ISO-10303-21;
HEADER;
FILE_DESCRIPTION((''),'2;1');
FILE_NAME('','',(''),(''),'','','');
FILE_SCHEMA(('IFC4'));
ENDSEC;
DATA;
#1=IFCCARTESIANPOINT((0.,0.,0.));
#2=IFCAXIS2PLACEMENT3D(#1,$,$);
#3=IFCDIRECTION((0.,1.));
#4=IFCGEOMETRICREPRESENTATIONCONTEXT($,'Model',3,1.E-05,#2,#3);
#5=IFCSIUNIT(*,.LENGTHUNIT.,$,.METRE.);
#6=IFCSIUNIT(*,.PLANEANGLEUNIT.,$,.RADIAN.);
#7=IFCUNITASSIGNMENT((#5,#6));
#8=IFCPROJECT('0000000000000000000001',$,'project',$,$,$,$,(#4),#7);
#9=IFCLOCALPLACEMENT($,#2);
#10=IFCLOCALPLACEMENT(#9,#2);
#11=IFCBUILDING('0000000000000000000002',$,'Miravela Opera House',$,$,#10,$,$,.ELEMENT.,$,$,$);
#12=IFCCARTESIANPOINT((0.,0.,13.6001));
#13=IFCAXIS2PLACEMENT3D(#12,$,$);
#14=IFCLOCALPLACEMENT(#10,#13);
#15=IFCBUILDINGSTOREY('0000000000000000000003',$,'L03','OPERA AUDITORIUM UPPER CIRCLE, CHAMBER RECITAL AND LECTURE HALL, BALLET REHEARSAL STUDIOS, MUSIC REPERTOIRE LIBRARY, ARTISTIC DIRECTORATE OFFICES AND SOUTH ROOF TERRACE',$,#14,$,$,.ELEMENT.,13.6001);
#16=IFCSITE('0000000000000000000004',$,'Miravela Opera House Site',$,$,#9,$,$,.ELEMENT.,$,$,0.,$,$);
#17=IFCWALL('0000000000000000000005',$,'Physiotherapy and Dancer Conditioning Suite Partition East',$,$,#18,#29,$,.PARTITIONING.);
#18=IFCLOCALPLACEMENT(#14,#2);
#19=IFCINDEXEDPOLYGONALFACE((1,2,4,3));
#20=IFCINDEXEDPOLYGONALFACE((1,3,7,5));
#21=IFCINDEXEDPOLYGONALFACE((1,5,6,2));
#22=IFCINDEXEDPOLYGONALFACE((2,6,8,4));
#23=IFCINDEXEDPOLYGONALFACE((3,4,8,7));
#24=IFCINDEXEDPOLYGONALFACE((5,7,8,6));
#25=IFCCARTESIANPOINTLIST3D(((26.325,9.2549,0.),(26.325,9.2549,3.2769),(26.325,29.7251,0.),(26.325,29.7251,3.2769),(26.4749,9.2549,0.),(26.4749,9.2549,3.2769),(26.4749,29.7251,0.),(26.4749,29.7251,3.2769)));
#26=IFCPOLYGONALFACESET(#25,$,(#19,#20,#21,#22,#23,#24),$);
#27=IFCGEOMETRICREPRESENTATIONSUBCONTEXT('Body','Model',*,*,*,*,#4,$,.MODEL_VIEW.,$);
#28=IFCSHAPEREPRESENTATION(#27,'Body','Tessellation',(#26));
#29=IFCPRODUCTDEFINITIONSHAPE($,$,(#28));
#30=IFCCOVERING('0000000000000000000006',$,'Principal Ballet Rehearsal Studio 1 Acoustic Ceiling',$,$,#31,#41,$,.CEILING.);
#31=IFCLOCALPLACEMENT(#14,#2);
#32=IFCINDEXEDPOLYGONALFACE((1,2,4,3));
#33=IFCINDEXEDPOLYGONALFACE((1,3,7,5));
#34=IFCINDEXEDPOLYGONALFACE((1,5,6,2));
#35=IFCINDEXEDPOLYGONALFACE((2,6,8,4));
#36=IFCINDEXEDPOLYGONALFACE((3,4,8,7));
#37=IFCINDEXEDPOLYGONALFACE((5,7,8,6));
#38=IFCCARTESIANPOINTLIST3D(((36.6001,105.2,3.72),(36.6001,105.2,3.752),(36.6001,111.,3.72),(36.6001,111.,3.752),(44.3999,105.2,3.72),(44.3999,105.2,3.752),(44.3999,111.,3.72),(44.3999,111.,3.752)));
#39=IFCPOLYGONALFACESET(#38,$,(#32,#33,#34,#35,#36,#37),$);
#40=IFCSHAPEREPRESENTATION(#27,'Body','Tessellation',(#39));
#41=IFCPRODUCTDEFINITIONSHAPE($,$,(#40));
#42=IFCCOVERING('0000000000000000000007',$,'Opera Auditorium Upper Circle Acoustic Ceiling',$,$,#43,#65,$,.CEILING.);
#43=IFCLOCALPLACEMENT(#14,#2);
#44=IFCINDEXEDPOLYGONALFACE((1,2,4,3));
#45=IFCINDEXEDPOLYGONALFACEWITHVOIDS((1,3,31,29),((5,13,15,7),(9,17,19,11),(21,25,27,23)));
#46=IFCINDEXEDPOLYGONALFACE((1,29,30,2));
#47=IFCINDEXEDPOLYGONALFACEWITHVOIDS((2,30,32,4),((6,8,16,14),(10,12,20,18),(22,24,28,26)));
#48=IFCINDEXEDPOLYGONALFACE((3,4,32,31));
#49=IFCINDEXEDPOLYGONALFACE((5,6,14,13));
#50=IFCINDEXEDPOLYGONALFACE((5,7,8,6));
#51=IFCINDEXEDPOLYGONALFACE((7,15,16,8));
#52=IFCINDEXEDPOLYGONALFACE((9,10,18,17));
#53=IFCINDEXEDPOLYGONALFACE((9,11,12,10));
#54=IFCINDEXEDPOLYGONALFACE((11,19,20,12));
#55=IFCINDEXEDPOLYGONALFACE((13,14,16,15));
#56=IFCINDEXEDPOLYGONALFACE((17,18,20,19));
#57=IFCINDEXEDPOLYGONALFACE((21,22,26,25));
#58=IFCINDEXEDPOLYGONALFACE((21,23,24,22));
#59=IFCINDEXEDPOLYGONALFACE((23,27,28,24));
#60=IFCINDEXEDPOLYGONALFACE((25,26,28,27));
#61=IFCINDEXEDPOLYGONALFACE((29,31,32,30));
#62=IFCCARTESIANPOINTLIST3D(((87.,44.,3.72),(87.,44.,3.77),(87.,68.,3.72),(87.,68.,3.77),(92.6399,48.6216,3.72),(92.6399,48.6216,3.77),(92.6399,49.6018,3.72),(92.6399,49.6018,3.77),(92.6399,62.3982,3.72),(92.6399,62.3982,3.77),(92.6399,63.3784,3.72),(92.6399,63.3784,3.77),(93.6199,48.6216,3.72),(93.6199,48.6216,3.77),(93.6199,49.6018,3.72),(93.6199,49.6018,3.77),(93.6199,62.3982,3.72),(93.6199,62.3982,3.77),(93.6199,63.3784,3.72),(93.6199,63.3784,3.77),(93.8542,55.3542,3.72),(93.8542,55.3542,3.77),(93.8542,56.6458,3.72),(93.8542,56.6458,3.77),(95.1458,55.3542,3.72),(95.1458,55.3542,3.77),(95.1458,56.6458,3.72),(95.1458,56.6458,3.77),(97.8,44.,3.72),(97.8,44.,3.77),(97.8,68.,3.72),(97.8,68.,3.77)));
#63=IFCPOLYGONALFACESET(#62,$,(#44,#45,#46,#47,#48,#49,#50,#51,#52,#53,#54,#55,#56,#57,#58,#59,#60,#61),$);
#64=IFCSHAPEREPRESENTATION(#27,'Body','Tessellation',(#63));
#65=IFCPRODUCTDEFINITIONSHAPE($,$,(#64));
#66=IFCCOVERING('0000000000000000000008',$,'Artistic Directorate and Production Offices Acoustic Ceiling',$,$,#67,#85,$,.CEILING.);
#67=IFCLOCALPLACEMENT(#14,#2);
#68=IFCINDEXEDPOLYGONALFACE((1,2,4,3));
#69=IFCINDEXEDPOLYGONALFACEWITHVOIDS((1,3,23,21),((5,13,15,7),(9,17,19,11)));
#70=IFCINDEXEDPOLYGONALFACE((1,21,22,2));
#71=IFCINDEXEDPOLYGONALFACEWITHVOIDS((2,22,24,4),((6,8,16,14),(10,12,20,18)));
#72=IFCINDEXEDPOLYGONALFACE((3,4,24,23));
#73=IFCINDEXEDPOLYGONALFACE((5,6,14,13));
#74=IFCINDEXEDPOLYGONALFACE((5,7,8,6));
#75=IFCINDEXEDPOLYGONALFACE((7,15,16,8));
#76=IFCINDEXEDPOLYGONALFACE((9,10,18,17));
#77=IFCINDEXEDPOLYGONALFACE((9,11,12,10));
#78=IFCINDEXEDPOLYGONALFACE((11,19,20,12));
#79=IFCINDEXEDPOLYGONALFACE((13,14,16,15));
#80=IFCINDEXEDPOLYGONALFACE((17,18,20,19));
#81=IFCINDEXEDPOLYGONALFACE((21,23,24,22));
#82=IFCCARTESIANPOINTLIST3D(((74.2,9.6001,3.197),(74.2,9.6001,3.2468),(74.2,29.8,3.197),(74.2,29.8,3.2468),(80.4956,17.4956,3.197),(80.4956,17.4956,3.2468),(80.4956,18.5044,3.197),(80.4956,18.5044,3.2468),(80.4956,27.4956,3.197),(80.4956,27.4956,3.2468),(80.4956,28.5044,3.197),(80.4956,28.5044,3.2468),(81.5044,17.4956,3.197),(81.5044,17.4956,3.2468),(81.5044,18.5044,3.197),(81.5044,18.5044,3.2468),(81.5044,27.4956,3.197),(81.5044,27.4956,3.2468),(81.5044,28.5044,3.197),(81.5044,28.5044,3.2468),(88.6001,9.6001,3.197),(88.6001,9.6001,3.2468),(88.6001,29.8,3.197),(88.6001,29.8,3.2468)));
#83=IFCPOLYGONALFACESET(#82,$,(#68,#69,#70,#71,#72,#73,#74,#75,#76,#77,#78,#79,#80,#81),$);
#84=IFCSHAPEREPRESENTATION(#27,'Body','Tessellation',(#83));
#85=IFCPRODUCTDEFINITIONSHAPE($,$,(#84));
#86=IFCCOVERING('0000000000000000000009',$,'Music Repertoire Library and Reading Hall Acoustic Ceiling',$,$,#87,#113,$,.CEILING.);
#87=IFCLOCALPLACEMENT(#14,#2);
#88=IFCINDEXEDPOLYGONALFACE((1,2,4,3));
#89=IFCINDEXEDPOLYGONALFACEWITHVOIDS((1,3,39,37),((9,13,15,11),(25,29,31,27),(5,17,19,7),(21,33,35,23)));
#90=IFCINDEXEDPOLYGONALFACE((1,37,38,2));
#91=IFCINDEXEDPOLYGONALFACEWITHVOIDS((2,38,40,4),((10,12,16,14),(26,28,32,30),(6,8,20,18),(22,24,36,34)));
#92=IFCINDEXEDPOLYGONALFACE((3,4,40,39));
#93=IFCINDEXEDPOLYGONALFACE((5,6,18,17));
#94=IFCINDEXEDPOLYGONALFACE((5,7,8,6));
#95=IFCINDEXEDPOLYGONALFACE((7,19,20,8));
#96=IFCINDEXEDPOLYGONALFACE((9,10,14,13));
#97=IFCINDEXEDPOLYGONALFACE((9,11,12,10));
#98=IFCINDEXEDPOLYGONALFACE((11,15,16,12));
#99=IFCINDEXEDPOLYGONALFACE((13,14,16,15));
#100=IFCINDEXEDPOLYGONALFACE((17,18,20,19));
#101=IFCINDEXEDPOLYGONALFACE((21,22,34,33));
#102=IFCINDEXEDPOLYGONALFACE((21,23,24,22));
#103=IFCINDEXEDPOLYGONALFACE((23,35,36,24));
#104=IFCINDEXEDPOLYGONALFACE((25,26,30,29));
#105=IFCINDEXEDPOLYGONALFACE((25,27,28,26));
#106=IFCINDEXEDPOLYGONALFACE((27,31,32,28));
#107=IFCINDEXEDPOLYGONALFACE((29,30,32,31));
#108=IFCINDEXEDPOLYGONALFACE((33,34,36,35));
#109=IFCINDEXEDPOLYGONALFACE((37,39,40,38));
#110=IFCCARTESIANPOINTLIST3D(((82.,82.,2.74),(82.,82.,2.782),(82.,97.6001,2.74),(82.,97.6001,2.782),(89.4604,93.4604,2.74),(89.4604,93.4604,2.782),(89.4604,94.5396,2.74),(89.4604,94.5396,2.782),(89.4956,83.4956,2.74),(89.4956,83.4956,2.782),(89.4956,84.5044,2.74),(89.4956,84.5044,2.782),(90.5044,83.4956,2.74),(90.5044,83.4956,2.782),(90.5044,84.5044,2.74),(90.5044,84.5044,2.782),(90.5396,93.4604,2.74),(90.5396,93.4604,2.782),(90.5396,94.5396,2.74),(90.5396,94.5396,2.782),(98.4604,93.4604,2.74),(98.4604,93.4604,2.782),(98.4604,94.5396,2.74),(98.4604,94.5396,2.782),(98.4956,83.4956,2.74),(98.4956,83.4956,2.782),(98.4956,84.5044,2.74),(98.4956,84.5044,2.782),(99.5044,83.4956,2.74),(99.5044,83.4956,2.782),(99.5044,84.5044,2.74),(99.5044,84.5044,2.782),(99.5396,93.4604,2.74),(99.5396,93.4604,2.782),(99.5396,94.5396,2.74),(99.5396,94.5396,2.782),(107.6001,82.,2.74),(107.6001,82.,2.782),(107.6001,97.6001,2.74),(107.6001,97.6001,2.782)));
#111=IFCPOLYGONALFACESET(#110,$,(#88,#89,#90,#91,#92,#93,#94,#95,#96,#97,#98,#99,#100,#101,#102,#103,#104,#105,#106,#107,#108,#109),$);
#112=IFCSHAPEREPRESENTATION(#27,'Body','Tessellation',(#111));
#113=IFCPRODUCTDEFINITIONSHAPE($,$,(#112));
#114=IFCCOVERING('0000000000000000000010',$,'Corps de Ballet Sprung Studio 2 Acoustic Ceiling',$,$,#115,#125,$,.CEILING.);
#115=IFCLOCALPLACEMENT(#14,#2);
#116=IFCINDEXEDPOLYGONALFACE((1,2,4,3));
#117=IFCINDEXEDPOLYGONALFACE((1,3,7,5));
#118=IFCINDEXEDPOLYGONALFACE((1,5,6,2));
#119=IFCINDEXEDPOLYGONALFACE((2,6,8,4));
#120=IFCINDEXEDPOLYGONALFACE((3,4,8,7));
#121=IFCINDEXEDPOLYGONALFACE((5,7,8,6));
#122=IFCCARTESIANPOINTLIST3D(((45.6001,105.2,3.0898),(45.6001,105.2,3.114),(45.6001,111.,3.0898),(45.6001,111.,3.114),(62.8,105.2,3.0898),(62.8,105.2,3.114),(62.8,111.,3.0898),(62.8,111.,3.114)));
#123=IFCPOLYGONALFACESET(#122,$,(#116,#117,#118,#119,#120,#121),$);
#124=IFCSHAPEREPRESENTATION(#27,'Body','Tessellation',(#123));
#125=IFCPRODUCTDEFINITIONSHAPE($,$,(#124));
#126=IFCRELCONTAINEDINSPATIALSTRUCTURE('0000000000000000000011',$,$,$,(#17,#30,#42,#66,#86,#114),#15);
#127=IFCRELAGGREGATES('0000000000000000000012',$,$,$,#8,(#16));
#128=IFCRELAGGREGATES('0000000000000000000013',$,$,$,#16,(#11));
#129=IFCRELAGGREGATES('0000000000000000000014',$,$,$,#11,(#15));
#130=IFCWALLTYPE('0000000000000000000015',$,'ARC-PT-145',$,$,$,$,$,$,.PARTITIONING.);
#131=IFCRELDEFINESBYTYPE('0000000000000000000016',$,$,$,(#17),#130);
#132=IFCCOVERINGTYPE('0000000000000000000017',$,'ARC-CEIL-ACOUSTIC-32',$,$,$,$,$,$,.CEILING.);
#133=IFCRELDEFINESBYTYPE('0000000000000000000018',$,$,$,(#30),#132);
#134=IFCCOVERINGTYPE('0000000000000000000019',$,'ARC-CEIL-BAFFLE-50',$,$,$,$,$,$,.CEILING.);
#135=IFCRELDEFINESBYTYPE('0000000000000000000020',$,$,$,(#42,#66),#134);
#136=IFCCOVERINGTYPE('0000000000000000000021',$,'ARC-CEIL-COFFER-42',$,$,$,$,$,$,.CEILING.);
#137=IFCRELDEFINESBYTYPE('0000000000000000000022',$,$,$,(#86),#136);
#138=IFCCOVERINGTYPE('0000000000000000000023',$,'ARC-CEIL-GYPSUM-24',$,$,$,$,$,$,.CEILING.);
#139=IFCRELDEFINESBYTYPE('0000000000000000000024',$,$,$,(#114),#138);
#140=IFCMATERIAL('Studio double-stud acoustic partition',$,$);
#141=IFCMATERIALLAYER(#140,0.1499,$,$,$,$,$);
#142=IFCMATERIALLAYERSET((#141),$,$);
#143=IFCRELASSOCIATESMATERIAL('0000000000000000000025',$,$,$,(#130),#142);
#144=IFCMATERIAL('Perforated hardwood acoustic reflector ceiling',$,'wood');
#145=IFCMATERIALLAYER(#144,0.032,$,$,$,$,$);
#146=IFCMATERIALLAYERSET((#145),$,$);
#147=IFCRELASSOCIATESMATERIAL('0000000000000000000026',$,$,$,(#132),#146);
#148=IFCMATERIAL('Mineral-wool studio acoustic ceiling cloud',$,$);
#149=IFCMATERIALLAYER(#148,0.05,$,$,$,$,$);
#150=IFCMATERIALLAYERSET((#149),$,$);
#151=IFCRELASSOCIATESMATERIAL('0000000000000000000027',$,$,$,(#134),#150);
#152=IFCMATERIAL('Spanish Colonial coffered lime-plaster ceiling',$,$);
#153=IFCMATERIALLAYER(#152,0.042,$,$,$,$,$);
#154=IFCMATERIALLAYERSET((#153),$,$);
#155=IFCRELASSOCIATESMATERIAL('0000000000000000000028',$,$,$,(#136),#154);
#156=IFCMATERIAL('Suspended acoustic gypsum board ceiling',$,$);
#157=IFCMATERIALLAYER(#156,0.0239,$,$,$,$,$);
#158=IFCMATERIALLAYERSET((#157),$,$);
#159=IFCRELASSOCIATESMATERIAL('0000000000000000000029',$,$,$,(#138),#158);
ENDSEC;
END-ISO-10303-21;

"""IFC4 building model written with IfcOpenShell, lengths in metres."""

from ifc_helpers import new_model, si_unit, direction, frame, frame_2d, origin, place, context, subcontext, project, spatial, polyline, rectangle, outline, extrude, material, layer, layer_set, type_object, element, save


model = new_model("IFC4")

# Units and contexts
model_context = context("Model", 3, precision=1e-05, world=origin(), true_north=direction((0.0, 1.0)))
body_context = subcontext(model_context, "Body", "Model", "MODEL_VIEW")
ifc_project = project(units=[si_unit("LENGTHUNIT", "METRE"), si_unit("PLANEANGLEUNIT", "RADIAN")], contexts=[model_context])

# Site, building, storey
site_placement = place(None, origin())
site = spatial("IfcSite", under=ifc_project, at=site_placement, Name="Miravela Opera House Site", CompositionType="ELEMENT", RefElevation=0.0)
building_placement = place(site_placement, origin())
building = spatial("IfcBuilding", under=site, at=building_placement, Name="Miravela Opera House", CompositionType="ELEMENT")
storey_placement = place(building_placement, frame((0.0, 0.0, 13.6001)))
storey = spatial("IfcBuildingStorey", under=building, at=storey_placement, Name="L03", Description="OPERA AUDITORIUM UPPER CIRCLE, CHAMBER RECITAL AND LECTURE HALL, BALLET REHEARSAL STUDIOS, MUSIC REPERTOIRE LIBRARY, ARTISTIC DIRECTORATE OFFICES AND SOUTH ROOF TERRACE", CompositionType="ELEMENT", Elevation=13.6001)

# Wall
ifc_material_1 = material(Name="Studio double-stud acoustic partition")
ifc_layer_1 = layer(ifc_material_1, 0.1499)
ifc_layer_set_1 = layer_set([ifc_layer_1])
wall_type_1 = type_object("IfcWallType", Name="ARC-PT-145", PredefinedType="PARTITIONING", material=ifc_layer_set_1)
for number, where, z_axis, x_axis, name in (
    (1, (26.3999, 9.2549, 0.0), (0.0, 0.0, 1.0), (0.0, 1.0, 0.0), "Physiotherapy and Dancer Conditioning Suite Partition East"),
):
    element("IfcWall", number, at=place(storey_placement, frame(where, z_axis=z_axis, x_axis=x_axis)), inside=storey, type_object=wall_type_1, Name=name, PredefinedType="PARTITIONING", context=body_context, shape_type="SweptSolid", body=[
        extrude(rectangle(XDim=20.4702, YDim=0.1499, at=frame_2d((10.2351, 0.0))), origin(), (0.0, 0.0, 1.0), 3.2769),
    ])

# Coverings
ifc_material_2 = material(Name="Perforated hardwood acoustic reflector ceiling", Category="wood")
ifc_layer_2 = layer(ifc_material_2, 0.032)
ifc_layer_set_2 = layer_set([ifc_layer_2])
covering_type_1 = type_object("IfcCoveringType", Name="ARC-CEIL-ACOUSTIC-32", PredefinedType="CEILING", material=ifc_layer_set_2)
covering_1_placement = place(storey_placement, frame((0.0, 0.0, 3.72)))
element("IfcCovering", 2, at=covering_1_placement, inside=storey, type_object=covering_type_1, Name="Principal Ballet Rehearsal Studio 1 Acoustic Ceiling", PredefinedType="CEILING", context=body_context, shape_type="SweptSolid", body=[
    extrude(outline(polyline([(36.6001, 105.2), (44.3999, 105.2), (44.3999, 111.0), (36.6001, 111.0), (36.6001, 105.2)])), origin(), (0.0, 0.0, 1.0), 0.032),
])
ifc_material_3 = material(Name="Mineral-wool studio acoustic ceiling cloud")
ifc_layer_3 = layer(ifc_material_3, 0.05)
ifc_layer_set_3 = layer_set([ifc_layer_3])
covering_type_2 = type_object("IfcCoveringType", Name="ARC-CEIL-BAFFLE-50", PredefinedType="CEILING", material=ifc_layer_set_3)
covering_2_placement = place(storey_placement, frame((0.0, 0.0, 3.72)))
element("IfcCovering", 3, at=covering_2_placement, inside=storey, type_object=covering_type_2, Name="Opera Auditorium Upper Circle Acoustic Ceiling", PredefinedType="CEILING", context=body_context, shape_type="SweptSolid", body=[
    extrude(outline(polyline([(87.0, 44.0), (97.8, 44.0), (97.8, 68.0), (87.0, 68.0), (87.0, 44.0)]), holes=[polyline([(93.8542, 55.3542), (95.1458, 55.3542), (95.1458, 56.6458), (93.8542, 56.6458), (93.8542, 55.3542)]), polyline([(92.6399, 62.3982), (93.6199, 62.3982), (93.6199, 63.3784), (92.6399, 63.3784), (92.6399, 62.3982)]), polyline([(92.6399, 48.6216), (93.6199, 48.6216), (93.6199, 49.6018), (92.6399, 49.6018), (92.6399, 48.6216)])]), origin(), (0.0, 0.0, 1.0), 0.05),
])
covering_3_placement = place(storey_placement, frame((0.0, 0.0, 3.197)))
element("IfcCovering", 4, at=covering_3_placement, inside=storey, type_object=covering_type_2, Name="Artistic Directorate and Production Offices Acoustic Ceiling", PredefinedType="CEILING", context=body_context, shape_type="SweptSolid", body=[
    extrude(outline(polyline([(74.2, 9.6001), (88.6001, 9.6001), (88.6001, 29.8), (74.2, 29.8), (74.2, 9.6001)]), holes=[polyline([(80.4956, 17.4956), (81.5044, 17.4956), (81.5044, 18.5044), (80.4956, 18.5044), (80.4956, 17.4956)]), polyline([(80.4956, 27.4956), (81.5044, 27.4956), (81.5044, 28.5044), (80.4956, 28.5044), (80.4956, 27.4956)])]), origin(), (0.0, 0.0, 1.0), 0.0498),
])
ifc_material_4 = material(Name="Spanish Colonial coffered lime-plaster ceiling")
ifc_layer_4 = layer(ifc_material_4, 0.042)
ifc_layer_set_4 = layer_set([ifc_layer_4])
covering_type_3 = type_object("IfcCoveringType", Name="ARC-CEIL-COFFER-42", PredefinedType="CEILING", material=ifc_layer_set_4)
covering_4_placement = place(storey_placement, frame((0.0, 0.0, 2.74)))
element("IfcCovering", 5, at=covering_4_placement, inside=storey, type_object=covering_type_3, Name="Music Repertoire Library and Reading Hall Acoustic Ceiling", PredefinedType="CEILING", context=body_context, shape_type="SweptSolid", body=[
    extrude(outline(polyline([(82.0, 82.0), (107.6001, 82.0), (107.6001, 97.6001), (82.0, 97.6001), (82.0, 82.0)]), holes=[polyline([(89.4956, 83.4956), (90.5044, 83.4956), (90.5044, 84.5044), (89.4956, 84.5044), (89.4956, 83.4956)]), polyline([(89.4604, 93.4604), (90.5396, 93.4604), (90.5396, 94.5396), (89.4604, 94.5396), (89.4604, 93.4604)]), polyline([(98.4956, 83.4956), (99.5044, 83.4956), (99.5044, 84.5044), (98.4956, 84.5044), (98.4956, 83.4956)]), polyline([(98.4604, 93.4604), (99.5396, 93.4604), (99.5396, 94.5396), (98.4604, 94.5396), (98.4604, 93.4604)])]), origin(), (0.0, 0.0, 1.0), 0.042),
])
ifc_material_5 = material(Name="Suspended acoustic gypsum board ceiling")
ifc_layer_5 = layer(ifc_material_5, 0.0239)
ifc_layer_set_5 = layer_set([ifc_layer_5])
covering_type_4 = type_object("IfcCoveringType", Name="ARC-CEIL-GYPSUM-24", PredefinedType="CEILING", material=ifc_layer_set_5)
covering_5_placement = place(storey_placement, frame((0.0, 0.0, 3.0898)))
element("IfcCovering", 6, at=covering_5_placement, inside=storey, type_object=covering_type_4, Name="Corps de Ballet Sprung Studio 2 Acoustic Ceiling", PredefinedType="CEILING", context=body_context, shape_type="SweptSolid", body=[
    extrude(outline(polyline([(45.6001, 105.2), (62.8, 105.2), (62.8, 111.0), (45.6001, 111.0), (45.6001, 105.2)])), origin(), (0.0, 0.0, 1.0), 0.0242),
])

save(model, "model.ifc")
